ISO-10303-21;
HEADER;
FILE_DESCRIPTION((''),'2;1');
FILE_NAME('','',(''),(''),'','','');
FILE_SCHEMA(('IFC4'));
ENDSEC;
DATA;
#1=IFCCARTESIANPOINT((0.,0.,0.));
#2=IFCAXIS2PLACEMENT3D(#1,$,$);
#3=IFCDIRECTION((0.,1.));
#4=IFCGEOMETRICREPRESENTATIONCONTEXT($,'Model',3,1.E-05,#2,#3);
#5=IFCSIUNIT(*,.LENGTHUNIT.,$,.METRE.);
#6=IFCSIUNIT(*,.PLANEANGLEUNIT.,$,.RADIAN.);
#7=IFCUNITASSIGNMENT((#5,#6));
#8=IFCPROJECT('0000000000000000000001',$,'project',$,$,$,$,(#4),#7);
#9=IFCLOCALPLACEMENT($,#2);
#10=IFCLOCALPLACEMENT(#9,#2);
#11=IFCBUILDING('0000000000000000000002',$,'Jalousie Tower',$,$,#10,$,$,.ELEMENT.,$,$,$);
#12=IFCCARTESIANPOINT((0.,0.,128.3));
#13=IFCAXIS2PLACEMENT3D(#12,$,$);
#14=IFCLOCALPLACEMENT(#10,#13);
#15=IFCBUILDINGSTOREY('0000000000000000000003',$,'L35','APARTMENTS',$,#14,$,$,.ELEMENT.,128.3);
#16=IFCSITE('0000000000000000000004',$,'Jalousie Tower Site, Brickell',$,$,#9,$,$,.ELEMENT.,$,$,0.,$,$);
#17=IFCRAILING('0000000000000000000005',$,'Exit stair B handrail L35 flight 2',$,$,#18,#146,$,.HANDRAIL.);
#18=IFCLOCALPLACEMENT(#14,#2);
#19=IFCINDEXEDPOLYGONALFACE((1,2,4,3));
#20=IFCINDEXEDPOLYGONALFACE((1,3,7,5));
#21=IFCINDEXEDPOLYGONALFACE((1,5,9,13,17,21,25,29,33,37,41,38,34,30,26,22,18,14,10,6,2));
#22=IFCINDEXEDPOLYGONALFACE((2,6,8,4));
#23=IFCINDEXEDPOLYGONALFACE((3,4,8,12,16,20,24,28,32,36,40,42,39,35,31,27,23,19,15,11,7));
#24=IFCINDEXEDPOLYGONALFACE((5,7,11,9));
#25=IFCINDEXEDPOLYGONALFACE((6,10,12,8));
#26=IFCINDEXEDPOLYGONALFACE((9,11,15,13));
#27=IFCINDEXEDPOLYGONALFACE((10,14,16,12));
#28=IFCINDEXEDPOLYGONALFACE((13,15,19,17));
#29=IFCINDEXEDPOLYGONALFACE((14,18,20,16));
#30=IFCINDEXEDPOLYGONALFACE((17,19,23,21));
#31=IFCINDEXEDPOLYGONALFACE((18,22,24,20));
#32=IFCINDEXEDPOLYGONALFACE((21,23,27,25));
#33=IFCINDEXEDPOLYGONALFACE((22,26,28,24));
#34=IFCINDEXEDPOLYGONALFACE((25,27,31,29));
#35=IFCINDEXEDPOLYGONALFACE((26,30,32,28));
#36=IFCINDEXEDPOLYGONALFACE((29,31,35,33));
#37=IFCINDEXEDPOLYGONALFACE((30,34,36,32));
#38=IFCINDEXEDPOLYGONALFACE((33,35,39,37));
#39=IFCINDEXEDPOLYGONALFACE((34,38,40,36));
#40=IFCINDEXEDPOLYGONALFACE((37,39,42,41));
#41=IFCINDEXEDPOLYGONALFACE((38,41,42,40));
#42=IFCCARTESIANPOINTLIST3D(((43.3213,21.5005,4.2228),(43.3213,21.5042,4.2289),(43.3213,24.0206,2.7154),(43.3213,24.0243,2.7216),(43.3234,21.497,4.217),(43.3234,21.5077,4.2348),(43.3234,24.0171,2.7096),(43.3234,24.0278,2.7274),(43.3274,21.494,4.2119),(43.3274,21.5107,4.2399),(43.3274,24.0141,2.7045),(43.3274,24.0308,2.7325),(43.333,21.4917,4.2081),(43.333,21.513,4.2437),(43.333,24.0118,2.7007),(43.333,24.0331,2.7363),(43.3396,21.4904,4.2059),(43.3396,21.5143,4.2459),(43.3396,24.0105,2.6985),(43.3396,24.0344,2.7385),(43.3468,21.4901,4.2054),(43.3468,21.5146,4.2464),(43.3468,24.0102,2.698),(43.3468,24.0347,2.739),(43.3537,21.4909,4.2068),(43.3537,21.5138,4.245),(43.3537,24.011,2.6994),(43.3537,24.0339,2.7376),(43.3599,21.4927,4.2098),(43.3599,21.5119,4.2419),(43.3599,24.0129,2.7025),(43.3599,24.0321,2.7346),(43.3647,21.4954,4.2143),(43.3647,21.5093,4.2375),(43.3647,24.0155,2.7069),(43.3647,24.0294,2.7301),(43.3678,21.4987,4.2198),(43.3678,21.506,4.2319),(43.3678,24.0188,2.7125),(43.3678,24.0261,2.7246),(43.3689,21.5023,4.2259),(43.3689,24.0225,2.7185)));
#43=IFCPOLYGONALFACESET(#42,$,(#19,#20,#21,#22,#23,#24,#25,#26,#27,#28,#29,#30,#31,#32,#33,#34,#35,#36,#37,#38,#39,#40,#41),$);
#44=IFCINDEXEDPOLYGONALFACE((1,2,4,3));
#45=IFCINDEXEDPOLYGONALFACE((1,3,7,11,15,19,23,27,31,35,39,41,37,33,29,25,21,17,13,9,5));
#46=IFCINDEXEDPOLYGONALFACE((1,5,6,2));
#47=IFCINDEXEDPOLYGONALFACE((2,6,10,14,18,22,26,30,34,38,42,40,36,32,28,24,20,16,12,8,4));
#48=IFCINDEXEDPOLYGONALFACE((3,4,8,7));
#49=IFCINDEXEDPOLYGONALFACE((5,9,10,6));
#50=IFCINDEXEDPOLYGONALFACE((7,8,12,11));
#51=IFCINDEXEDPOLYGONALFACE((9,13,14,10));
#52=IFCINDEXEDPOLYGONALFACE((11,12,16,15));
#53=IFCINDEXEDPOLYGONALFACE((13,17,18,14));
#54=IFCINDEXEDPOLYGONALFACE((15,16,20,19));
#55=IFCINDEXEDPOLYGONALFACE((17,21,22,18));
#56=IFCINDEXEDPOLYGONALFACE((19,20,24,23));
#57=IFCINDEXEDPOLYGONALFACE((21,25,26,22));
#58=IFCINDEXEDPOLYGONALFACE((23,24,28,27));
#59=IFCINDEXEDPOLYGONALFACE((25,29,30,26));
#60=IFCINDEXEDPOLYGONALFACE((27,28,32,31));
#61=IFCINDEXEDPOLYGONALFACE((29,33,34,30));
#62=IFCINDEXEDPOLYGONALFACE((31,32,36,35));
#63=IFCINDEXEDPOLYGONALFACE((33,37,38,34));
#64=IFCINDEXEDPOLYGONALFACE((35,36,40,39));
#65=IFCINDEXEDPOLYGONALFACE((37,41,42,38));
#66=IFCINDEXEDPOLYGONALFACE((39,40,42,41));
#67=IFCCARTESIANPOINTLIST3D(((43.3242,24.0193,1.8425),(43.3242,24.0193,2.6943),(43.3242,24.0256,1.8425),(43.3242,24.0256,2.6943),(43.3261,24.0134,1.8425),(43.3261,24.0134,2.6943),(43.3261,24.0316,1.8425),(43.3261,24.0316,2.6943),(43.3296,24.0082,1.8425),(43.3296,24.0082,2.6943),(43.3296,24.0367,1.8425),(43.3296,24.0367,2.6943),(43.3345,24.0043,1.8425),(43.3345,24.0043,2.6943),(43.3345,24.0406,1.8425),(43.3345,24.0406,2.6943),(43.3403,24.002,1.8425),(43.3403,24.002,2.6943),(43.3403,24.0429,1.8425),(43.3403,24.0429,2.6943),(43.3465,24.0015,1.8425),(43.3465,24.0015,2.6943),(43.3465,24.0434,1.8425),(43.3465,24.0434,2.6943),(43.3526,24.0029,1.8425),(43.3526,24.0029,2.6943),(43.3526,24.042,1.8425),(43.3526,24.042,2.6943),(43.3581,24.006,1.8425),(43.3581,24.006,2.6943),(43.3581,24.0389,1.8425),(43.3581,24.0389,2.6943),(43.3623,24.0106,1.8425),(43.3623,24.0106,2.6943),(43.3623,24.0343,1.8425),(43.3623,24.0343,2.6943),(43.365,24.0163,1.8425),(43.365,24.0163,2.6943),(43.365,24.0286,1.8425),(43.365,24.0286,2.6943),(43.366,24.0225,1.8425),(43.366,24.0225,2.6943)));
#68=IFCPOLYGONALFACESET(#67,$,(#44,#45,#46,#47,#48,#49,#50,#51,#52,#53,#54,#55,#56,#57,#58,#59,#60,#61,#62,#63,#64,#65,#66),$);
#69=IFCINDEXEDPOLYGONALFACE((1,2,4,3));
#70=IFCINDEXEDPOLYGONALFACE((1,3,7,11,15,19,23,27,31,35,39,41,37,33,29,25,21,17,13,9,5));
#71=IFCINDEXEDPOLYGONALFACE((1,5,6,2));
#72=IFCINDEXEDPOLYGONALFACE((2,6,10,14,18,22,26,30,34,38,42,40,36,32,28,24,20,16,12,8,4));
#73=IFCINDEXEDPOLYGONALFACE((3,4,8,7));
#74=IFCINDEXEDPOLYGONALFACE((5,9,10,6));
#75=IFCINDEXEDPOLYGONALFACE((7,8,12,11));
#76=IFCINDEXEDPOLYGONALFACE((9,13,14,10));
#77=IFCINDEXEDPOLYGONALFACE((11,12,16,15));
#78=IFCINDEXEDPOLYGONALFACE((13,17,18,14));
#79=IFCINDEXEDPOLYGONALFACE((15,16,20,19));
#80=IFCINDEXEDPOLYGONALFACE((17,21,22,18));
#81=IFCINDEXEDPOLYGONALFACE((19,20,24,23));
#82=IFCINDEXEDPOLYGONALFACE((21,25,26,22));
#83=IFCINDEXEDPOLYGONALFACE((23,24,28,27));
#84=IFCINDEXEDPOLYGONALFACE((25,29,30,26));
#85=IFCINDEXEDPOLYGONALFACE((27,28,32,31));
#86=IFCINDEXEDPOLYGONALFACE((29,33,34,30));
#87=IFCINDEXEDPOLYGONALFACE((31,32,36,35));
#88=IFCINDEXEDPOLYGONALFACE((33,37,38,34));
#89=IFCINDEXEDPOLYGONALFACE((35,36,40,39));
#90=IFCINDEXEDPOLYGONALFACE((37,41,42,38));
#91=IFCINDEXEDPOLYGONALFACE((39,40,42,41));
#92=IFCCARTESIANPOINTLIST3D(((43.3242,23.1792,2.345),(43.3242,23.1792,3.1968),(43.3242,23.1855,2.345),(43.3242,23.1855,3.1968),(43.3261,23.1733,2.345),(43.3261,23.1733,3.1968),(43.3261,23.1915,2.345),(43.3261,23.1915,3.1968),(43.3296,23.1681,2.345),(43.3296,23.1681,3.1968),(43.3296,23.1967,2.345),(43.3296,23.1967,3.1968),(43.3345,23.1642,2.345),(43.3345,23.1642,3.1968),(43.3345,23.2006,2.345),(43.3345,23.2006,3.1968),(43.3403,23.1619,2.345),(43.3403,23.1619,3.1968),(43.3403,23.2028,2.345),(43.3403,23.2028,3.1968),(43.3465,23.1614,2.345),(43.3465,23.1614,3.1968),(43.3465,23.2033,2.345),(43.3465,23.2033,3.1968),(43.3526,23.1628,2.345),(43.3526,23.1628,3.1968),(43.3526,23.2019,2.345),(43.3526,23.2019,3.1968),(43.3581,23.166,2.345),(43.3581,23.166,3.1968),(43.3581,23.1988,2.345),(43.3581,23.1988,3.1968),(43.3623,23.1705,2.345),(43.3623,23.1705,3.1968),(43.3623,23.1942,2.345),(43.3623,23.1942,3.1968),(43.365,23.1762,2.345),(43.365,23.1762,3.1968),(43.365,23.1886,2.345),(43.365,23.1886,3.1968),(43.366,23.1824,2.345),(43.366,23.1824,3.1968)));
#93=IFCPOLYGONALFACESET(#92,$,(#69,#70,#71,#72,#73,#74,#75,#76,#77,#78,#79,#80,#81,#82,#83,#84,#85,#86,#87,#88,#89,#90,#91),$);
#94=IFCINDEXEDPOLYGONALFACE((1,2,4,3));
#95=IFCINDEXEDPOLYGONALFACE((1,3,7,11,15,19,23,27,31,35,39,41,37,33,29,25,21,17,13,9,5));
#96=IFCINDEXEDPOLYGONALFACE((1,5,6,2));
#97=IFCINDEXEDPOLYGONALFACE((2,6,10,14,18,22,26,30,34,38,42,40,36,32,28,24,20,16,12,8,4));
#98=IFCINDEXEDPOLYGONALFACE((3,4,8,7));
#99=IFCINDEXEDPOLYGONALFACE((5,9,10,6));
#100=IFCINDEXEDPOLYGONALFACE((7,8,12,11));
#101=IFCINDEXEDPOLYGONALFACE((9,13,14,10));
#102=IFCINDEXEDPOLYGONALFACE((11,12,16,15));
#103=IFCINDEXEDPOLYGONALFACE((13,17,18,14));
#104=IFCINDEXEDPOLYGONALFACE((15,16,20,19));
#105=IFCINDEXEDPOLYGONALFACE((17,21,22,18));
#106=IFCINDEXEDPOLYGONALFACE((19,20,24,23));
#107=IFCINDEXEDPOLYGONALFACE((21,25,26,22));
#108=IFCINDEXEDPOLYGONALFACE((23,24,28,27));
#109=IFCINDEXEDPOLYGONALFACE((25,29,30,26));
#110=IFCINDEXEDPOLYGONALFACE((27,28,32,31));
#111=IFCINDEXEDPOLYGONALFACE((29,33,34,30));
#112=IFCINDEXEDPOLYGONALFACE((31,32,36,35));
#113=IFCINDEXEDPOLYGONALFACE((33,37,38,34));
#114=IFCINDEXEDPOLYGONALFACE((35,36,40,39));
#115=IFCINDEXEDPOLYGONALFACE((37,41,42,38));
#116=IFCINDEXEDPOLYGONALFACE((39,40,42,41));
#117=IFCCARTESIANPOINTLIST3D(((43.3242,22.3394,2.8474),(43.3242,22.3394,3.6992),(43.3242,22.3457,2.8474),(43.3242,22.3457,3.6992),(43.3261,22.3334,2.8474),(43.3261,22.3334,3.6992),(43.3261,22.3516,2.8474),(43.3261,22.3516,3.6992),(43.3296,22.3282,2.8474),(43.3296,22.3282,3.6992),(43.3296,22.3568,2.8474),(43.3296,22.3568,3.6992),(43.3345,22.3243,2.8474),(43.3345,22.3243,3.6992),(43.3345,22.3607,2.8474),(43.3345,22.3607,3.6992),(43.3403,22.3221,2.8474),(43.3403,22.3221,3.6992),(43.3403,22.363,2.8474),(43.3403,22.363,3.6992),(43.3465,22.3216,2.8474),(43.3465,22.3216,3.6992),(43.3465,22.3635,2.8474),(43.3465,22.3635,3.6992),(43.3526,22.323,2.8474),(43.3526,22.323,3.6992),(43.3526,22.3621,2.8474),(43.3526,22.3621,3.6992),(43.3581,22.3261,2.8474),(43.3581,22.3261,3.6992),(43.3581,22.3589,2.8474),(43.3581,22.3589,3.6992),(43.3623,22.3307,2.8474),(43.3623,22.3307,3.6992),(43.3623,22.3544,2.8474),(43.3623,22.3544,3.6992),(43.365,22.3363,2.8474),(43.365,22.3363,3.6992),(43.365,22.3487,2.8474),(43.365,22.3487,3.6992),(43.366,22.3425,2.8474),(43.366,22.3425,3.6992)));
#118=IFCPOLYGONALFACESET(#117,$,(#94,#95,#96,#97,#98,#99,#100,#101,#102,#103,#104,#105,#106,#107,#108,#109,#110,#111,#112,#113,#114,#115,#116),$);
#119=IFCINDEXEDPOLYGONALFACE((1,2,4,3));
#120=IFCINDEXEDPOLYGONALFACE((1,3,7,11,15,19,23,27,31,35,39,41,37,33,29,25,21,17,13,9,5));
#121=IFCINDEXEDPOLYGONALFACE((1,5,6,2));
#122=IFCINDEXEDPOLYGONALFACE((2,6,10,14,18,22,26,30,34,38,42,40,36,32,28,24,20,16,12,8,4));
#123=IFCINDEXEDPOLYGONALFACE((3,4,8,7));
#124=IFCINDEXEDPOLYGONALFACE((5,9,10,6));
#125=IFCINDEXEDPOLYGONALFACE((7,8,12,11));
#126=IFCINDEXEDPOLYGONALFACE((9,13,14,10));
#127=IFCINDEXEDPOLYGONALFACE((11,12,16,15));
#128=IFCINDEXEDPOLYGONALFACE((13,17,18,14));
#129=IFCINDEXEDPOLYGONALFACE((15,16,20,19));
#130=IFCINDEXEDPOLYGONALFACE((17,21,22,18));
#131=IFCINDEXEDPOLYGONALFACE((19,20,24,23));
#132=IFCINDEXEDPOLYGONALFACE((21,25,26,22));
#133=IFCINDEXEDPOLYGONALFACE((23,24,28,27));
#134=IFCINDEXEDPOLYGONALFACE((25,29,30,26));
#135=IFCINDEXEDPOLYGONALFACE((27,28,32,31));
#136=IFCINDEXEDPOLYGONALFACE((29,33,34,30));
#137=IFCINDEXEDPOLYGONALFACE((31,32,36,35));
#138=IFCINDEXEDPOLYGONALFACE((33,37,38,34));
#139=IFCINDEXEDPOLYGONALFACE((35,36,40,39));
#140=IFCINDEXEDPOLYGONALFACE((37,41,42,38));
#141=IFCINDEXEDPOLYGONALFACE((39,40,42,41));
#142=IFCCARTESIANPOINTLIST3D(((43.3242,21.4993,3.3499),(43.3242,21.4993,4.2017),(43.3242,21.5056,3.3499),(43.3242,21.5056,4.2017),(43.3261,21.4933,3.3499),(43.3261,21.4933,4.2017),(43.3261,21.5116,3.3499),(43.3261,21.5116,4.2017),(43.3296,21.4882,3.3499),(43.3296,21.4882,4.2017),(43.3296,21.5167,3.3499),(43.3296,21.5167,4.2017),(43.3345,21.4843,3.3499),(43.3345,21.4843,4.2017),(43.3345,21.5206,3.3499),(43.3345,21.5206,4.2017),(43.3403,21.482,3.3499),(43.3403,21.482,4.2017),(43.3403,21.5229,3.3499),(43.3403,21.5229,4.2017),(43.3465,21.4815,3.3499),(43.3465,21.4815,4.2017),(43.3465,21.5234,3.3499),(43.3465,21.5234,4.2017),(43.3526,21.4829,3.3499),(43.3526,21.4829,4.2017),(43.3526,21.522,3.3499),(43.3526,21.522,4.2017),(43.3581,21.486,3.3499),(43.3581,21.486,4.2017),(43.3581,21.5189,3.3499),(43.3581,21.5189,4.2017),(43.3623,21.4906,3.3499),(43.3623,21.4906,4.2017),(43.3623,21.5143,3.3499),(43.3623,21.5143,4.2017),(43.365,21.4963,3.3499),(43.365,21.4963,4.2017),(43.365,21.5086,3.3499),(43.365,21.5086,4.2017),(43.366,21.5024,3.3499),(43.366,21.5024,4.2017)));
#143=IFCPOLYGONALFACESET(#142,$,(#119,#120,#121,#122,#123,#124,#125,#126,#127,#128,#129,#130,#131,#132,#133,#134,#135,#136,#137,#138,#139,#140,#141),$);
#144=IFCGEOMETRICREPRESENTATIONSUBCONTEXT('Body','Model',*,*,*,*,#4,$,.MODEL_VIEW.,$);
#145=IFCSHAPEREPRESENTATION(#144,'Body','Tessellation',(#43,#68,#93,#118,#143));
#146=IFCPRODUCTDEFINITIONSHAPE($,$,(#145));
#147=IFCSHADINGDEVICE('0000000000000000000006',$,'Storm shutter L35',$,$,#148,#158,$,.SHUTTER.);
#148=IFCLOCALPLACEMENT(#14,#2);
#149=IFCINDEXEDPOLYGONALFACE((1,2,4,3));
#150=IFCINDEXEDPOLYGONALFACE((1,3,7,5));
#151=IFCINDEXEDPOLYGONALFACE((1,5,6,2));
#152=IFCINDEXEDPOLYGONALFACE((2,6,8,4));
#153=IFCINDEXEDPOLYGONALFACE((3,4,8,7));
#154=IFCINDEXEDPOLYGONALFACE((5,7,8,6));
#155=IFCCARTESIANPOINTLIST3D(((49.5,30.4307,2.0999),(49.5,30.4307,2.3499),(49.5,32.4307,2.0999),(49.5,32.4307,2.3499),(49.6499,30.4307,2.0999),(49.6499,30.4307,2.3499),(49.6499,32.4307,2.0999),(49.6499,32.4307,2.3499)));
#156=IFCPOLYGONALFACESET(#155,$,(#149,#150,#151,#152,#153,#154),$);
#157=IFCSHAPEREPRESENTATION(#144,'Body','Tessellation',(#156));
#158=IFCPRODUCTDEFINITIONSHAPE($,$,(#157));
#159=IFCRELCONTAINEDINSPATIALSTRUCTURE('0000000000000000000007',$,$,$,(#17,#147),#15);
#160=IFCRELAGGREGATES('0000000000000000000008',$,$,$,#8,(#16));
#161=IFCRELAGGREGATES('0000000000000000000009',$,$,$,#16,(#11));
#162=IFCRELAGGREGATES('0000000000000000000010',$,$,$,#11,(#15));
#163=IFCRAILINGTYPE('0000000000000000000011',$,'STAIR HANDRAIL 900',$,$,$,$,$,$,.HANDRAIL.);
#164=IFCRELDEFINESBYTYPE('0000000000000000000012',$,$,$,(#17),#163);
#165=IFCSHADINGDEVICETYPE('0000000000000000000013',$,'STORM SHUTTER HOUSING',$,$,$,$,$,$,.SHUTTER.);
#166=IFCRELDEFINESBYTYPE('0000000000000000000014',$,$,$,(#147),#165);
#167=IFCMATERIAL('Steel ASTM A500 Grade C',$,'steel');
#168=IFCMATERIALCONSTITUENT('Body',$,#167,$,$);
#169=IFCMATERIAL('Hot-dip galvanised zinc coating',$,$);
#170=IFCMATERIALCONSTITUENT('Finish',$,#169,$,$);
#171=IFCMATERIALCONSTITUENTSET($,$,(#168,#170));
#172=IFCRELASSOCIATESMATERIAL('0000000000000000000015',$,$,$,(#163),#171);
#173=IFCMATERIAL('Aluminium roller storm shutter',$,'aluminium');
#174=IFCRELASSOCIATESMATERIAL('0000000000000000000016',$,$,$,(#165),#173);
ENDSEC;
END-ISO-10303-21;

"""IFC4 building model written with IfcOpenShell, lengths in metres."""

from ifc_helpers import new_model, si_unit, direction, frame, origin, origin_2d, place, context, subcontext, project, spatial, rectangle, circle, extrude, material, constituent, constituent_set, type_object, element, save


model = new_model("IFC4")

# Units and contexts
model_context = context("Model", 3, precision=1e-05, world=origin(), true_north=direction((0.0, 1.0)))
body_context = subcontext(model_context, "Body", "Model", "MODEL_VIEW")
ifc_project = project(units=[si_unit("LENGTHUNIT", "METRE"), si_unit("PLANEANGLEUNIT", "RADIAN")], contexts=[model_context])

# Site, building, storey
site_placement = place(None, origin())
site = spatial("IfcSite", under=ifc_project, at=site_placement, Name="Jalousie Tower Site, Brickell", CompositionType="ELEMENT", RefElevation=0.0)
building_placement = place(site_placement, origin())
building = spatial("IfcBuilding", under=site, at=building_placement, Name="Jalousie Tower", CompositionType="ELEMENT")
storey_placement = place(building_placement, frame((0.0, 0.0, 128.3)))
storey = spatial("IfcBuildingStorey", under=building, at=storey_placement, Name="L35", Description="APARTMENTS", CompositionType="ELEMENT", Elevation=128.3)

# Railing
ifc_material_1 = material(Name="Steel ASTM A500 Grade C", Category="steel")
ifc_constituent_1 = constituent(ifc_material_1, Name="Body")
ifc_material_2 = material(Name="Hot-dip galvanised zinc coating")
ifc_constituent_2 = constituent(ifc_material_2, Name="Finish")
ifc_constituent_set_1 = constituent_set(constituents=[ifc_constituent_1, ifc_constituent_2])
railing_type_1 = type_object("IfcRailingType", Name="STAIR HANDRAIL 900", PredefinedType="HANDRAIL", material=ifc_constituent_set_1)
railing_1_placement = place(storey_placement, frame((43.345, 24.0225, 1.8425)))
element("IfcRailing", 1, at=railing_1_placement, inside=storey, type_object=railing_type_1, Name="Exit stair B handrail L35 flight 2", PredefinedType="HANDRAIL", context=body_context, shape_type="SweptSolid", body=[
    extrude(circle(Radius=0.0239, at=origin_2d()), frame((0.0, 0.0, 0.876), z_axis=(0.0, -0.858196, 0.513321), x_axis=(1.0, 0.0, 0.0)), (0.0, 0.0, 1.0), 2.9365),
    extrude(circle(Radius=0.021, at=origin_2d()), origin(), (0.0, 0.0, 1.0), 0.8518),
    extrude(circle(Radius=0.021, at=origin_2d()), frame((0.0, -0.8401, 0.5024)), (0.0, 0.0, 1.0), 0.8518),
    extrude(circle(Radius=0.021, at=origin_2d()), frame((0.0, -1.6799, 1.0049)), (0.0, 0.0, 1.0), 0.8518),
    extrude(circle(Radius=0.021, at=origin_2d()), frame((0.0, -2.52, 1.5073)), (0.0, 0.0, 1.0), 0.8518),
])

# Shading device
ifc_material_3 = material(Name="Aluminium roller storm shutter", Category="aluminium")
shading_device_type = type_object("IfcShadingDeviceType", Name="STORM SHUTTER HOUSING", PredefinedType="SHUTTER", material=ifc_material_3)
shading_device_placement = place(storey_placement, frame((49.575, 31.4307, 2.0999), z_axis=(0.0, 0.0, 1.0), x_axis=(0.0, 1.0, 0.0)))
element("IfcShadingDevice", 2, at=shading_device_placement, inside=storey, type_object=shading_device_type, Name="Storm shutter L35", PredefinedType="SHUTTER", context=body_context, shape_type="SweptSolid", body=[
    extrude(rectangle(XDim=2.0, YDim=0.1499, at=origin_2d()), origin(), (0.0, 0.0, 1.0), 0.25),
])

save(model, "model.ifc")
